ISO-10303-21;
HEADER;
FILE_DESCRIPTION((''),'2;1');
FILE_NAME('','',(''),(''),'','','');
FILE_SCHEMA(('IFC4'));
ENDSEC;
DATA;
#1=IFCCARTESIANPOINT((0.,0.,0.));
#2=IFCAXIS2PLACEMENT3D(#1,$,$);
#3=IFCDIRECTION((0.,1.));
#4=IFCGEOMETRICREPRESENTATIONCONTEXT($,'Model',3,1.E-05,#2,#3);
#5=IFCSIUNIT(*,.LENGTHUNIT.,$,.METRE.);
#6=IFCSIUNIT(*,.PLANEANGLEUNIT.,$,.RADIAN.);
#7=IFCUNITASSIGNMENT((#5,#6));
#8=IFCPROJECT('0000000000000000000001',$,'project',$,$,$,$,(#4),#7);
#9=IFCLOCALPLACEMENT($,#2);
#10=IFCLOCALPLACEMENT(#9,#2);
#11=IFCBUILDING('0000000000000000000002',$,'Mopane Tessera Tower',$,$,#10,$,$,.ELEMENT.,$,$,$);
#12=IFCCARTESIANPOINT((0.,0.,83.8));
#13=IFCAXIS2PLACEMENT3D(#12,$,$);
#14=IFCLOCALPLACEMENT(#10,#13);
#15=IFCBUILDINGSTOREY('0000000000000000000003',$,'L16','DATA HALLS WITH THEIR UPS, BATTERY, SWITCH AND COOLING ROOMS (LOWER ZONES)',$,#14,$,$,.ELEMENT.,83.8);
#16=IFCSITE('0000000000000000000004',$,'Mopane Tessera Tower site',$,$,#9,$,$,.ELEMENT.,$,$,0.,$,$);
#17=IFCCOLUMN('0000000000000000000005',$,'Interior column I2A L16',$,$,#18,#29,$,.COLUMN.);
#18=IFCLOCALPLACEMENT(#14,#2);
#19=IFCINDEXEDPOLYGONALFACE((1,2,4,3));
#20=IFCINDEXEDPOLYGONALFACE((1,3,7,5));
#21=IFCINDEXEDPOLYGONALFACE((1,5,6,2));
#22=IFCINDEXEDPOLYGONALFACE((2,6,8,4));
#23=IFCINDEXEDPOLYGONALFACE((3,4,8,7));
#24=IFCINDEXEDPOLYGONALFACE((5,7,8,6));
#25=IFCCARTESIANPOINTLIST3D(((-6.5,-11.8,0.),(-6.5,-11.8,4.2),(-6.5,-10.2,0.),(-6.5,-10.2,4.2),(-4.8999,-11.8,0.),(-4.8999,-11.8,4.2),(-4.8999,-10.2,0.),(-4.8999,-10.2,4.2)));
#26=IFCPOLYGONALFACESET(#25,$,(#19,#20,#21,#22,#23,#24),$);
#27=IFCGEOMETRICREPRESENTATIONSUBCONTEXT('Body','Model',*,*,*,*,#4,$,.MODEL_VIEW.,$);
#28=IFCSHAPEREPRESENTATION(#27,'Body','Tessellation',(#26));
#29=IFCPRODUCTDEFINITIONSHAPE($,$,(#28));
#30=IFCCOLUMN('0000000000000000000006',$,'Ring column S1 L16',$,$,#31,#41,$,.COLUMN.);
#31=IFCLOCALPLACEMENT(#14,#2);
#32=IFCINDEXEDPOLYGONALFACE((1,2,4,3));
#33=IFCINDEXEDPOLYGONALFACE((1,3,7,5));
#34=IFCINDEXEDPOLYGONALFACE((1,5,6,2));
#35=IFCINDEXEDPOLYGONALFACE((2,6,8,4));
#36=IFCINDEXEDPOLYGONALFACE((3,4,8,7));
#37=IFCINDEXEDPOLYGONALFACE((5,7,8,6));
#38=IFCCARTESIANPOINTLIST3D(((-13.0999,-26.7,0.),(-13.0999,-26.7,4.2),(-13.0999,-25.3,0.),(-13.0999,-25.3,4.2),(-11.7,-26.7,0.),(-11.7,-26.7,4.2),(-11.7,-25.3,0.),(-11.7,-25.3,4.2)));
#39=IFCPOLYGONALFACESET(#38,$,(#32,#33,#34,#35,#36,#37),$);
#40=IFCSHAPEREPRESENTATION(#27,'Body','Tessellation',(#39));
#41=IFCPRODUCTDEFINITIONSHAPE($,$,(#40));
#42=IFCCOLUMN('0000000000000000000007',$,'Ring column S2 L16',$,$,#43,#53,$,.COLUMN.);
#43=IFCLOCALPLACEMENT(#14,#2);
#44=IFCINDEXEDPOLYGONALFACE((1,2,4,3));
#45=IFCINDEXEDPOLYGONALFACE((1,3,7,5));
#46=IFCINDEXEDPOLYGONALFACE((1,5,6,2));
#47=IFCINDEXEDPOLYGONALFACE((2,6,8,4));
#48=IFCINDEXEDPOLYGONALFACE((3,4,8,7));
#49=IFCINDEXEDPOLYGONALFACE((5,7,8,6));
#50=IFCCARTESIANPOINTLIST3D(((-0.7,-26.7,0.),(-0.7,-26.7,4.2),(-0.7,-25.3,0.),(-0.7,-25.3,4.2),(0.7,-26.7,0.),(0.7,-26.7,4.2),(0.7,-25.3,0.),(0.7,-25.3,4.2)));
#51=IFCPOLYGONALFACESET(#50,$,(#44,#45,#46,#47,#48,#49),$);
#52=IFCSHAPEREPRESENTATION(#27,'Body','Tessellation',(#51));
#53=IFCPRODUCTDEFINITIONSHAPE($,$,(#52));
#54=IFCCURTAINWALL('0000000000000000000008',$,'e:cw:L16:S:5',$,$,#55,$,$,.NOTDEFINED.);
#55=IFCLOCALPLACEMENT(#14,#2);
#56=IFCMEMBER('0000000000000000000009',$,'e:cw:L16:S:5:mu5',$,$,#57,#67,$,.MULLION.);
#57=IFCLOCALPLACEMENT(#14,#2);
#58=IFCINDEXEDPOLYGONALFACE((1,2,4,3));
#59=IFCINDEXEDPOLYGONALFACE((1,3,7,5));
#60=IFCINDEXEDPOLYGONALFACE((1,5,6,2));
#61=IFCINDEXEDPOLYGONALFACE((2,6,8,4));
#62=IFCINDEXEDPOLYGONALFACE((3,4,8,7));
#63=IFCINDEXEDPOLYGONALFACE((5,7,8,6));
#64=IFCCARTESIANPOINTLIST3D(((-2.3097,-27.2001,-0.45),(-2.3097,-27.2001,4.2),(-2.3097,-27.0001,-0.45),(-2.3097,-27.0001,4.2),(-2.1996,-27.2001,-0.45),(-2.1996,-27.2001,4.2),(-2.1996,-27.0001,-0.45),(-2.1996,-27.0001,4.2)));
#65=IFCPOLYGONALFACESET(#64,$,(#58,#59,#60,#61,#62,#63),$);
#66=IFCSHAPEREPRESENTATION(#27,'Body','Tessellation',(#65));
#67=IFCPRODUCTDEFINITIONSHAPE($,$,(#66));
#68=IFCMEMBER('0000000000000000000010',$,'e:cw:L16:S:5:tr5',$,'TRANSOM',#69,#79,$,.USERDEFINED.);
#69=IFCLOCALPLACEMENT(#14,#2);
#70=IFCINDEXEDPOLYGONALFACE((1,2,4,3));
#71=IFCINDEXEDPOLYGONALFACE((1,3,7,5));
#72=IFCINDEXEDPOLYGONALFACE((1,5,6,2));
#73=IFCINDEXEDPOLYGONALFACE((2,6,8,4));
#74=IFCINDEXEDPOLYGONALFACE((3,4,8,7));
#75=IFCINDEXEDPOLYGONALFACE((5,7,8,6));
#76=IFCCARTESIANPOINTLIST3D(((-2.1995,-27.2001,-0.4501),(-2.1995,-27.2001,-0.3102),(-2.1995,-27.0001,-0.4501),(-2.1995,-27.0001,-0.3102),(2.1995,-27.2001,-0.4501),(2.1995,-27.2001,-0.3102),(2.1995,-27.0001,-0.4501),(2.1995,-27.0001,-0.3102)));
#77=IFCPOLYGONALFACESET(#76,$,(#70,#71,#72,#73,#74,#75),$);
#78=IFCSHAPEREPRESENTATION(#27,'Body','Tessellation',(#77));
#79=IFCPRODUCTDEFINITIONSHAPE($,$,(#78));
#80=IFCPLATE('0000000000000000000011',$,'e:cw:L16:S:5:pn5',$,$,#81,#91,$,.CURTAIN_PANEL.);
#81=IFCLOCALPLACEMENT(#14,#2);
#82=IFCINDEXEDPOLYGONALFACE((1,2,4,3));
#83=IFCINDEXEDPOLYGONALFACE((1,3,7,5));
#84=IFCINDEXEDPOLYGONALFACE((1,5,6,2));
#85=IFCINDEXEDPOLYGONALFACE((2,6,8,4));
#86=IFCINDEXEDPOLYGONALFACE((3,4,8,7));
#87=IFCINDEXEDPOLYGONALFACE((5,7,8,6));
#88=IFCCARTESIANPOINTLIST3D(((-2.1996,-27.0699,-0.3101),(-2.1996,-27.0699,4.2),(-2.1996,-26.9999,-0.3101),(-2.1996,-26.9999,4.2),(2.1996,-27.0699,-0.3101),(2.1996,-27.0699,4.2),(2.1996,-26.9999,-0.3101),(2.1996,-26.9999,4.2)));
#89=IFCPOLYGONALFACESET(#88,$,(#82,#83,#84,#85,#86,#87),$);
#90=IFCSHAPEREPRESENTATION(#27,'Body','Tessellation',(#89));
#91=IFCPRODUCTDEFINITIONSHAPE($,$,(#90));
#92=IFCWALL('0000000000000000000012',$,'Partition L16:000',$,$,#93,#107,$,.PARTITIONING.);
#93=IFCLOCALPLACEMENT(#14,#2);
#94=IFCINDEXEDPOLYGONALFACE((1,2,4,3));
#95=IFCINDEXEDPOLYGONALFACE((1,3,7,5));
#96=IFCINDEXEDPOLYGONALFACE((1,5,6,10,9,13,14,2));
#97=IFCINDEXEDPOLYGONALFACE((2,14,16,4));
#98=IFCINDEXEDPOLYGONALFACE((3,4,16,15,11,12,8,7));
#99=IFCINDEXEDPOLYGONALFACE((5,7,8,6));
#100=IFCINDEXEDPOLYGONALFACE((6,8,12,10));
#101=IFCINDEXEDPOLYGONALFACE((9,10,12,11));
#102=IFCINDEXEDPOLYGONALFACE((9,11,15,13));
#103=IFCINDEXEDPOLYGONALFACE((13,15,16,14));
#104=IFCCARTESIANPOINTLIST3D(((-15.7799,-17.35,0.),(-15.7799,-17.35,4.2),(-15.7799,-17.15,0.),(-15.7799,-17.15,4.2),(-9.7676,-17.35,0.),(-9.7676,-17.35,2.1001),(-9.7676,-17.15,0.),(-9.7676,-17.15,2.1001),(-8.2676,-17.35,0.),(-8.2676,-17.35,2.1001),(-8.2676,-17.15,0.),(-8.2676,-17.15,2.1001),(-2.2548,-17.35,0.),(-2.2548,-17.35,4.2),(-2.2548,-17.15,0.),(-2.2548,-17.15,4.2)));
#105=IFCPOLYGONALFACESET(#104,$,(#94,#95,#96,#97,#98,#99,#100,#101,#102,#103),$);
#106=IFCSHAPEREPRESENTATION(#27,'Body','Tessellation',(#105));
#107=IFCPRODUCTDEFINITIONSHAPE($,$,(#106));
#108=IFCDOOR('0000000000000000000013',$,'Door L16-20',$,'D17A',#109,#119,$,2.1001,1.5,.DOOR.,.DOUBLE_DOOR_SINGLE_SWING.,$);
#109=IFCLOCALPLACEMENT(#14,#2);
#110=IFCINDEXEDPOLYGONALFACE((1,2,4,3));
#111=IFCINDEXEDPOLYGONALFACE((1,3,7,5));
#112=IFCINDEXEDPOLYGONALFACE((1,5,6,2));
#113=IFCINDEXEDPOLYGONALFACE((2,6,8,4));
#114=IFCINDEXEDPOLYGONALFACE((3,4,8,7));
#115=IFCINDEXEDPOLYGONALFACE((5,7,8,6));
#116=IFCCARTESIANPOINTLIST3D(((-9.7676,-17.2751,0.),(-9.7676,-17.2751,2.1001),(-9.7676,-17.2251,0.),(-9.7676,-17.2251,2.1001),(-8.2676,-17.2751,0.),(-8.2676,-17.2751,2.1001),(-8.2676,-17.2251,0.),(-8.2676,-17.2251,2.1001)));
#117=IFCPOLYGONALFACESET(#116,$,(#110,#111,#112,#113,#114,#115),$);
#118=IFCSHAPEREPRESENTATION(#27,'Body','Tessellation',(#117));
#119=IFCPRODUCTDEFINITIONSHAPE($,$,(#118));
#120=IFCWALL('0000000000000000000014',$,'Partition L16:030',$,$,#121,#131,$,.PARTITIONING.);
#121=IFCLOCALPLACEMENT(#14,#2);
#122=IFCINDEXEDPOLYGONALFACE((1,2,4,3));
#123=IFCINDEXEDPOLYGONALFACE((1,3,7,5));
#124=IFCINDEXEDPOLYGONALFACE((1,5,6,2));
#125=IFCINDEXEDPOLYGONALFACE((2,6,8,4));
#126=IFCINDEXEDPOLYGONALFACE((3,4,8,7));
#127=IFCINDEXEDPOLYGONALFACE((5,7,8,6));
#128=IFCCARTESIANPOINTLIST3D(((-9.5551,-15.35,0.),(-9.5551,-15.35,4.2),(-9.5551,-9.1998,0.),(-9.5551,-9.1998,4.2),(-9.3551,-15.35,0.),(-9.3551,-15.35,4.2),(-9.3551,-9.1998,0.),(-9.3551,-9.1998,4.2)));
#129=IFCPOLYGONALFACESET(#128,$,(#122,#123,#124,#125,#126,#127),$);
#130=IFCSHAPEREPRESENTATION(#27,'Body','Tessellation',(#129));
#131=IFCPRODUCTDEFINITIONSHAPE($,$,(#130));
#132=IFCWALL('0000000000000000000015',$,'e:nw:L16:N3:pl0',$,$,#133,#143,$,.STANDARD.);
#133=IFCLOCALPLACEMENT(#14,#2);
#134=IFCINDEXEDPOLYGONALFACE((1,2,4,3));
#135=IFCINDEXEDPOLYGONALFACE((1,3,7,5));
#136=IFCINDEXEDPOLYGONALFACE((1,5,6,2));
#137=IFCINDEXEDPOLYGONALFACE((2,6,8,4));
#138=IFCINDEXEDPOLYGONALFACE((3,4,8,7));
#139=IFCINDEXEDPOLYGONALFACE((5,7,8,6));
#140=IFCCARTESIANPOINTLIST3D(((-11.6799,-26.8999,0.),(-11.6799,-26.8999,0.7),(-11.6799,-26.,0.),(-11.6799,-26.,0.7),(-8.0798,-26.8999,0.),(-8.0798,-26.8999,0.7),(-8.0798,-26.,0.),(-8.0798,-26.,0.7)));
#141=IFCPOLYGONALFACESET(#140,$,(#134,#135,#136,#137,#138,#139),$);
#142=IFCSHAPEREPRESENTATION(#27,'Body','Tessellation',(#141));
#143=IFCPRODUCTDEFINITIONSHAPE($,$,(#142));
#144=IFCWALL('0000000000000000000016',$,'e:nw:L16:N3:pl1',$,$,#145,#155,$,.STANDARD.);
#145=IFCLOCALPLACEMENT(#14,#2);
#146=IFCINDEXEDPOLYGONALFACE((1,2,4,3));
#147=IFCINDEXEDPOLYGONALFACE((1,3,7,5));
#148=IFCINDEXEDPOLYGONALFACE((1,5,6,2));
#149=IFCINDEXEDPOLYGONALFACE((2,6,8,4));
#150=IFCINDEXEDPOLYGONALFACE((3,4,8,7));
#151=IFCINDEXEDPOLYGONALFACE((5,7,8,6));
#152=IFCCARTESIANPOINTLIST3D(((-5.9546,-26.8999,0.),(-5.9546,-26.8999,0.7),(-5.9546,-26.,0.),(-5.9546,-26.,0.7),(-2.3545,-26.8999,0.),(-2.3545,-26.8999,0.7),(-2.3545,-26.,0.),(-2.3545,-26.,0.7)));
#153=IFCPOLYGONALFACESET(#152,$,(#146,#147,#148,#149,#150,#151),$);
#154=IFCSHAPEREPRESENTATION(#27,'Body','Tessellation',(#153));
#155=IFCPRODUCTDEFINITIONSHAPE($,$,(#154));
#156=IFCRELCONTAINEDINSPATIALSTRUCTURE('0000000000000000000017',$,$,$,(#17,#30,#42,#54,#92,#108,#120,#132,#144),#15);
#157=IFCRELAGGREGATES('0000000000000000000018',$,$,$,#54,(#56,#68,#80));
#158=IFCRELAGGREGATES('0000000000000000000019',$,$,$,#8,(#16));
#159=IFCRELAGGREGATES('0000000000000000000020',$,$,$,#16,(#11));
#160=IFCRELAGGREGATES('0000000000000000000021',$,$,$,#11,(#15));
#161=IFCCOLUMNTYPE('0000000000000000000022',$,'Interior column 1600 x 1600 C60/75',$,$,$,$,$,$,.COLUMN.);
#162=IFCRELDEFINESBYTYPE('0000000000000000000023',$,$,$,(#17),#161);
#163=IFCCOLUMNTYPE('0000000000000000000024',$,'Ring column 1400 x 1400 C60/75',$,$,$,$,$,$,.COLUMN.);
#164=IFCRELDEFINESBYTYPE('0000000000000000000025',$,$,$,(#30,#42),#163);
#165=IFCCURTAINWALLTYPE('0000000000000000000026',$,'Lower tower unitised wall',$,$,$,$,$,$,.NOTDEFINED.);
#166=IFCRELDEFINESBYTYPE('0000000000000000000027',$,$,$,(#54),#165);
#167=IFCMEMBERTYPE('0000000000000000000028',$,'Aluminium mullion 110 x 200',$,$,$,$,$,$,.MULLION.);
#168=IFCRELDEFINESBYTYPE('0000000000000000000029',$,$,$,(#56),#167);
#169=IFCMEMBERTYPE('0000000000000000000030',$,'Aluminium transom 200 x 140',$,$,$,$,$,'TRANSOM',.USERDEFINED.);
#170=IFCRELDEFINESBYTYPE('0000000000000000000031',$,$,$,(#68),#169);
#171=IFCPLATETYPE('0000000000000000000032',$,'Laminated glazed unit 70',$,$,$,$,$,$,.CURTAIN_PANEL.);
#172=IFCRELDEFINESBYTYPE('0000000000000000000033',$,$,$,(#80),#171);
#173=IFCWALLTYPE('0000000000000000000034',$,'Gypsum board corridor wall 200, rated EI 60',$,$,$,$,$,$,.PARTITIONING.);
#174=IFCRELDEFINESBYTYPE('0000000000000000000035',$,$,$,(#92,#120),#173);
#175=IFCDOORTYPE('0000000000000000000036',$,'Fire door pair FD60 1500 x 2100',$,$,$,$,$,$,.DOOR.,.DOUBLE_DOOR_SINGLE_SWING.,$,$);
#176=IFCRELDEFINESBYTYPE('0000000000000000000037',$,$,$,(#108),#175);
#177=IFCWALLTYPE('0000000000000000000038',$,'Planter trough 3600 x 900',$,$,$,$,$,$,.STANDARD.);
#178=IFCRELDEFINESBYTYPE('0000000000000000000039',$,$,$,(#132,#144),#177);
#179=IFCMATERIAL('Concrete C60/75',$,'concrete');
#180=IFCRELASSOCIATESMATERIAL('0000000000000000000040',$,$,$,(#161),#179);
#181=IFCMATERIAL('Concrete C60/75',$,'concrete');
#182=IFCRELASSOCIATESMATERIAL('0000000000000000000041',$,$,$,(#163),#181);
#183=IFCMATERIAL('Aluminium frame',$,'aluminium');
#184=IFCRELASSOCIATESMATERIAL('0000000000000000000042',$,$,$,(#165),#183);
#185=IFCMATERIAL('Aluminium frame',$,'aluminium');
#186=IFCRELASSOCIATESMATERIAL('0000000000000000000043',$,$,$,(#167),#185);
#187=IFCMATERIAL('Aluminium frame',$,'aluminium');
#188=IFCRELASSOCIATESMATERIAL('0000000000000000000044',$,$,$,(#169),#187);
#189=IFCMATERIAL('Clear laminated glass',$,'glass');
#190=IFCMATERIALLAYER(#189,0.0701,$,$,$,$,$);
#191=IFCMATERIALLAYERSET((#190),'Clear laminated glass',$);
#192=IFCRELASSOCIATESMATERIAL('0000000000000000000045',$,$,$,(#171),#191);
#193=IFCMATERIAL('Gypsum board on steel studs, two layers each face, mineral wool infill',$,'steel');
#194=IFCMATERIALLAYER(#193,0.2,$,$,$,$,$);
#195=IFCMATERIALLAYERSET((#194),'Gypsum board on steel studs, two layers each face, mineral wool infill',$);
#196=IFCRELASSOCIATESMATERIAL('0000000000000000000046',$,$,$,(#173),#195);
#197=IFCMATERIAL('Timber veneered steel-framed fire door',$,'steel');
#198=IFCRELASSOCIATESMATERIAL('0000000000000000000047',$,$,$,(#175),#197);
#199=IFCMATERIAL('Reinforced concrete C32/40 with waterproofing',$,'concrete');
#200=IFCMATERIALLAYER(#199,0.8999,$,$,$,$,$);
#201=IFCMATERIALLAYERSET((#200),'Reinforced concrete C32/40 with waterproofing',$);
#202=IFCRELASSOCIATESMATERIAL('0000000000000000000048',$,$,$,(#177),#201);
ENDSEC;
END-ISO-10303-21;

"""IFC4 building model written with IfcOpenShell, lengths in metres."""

from ifc_helpers import new_model, si_unit, direction, frame, frame_2d, origin, origin_2d, place, context, subcontext, project, spatial, rectangle, extrude, material, layer, layer_set, material_profile, profile_set, type_object, element, fill, aggregate, save


model = new_model("IFC4")

# Units and contexts
model_context = context("Model", 3, precision=1e-05, world=origin(), true_north=direction((0.0, 1.0)))
body_context = subcontext(model_context, "Body", "Model", "MODEL_VIEW")
ifc_project = project(units=[si_unit("LENGTHUNIT", "METRE"), si_unit("PLANEANGLEUNIT", "RADIAN")], contexts=[model_context])

# Site, building, storey
site_placement = place(None, origin())
site = spatial("IfcSite", under=ifc_project, at=site_placement, Name="Mopane Tessera Tower site", CompositionType="ELEMENT", RefElevation=0.0)
building_placement = place(site_placement, origin())
building = spatial("IfcBuilding", under=site, at=building_placement, Name="Mopane Tessera Tower", CompositionType="ELEMENT")
storey_placement = place(building_placement, frame((0.0, 0.0, 83.8)))
storey = spatial("IfcBuildingStorey", under=building, at=storey_placement, Name="L16", Description="DATA HALLS WITH THEIR UPS, BATTERY, SWITCH AND COOLING ROOMS (LOWER ZONES)", CompositionType="ELEMENT", Elevation=83.8)

# Columns
ifc_material_1 = material(Name="Concrete C60/75", Category="concrete")
ifc_material_profile_1 = material_profile(ifc_material_1, rectangle(XDim=1.6001, YDim=1.6001, at=origin_2d()))
ifc_profile_set_1 = profile_set([ifc_material_profile_1], Name="Concrete C60/75")
column_type_1 = type_object("IfcColumnType", Name="Interior column 1600 x 1600 C60/75", PredefinedType="COLUMN", material=ifc_profile_set_1)
column_placement = place(storey_placement, frame((-5.7, -11.0, 0.0), z_axis=(0.0, 0.0, 1.0), x_axis=(1.0, 0.0, 0.0)))
element("IfcColumn", 1, at=column_placement, inside=storey, type_object=column_type_1, Name="Interior column I2A L16", PredefinedType="COLUMN", context=body_context, shape_type="SweptSolid", body=[
    extrude(rectangle(XDim=1.6001, YDim=1.6001, at=origin_2d()), origin(), (0.0, 0.0, 1.0), 4.2),
])
ifc_material_2 = material(Name="Concrete C60/75", Category="concrete")
ifc_material_profile_2 = material_profile(ifc_material_2, rectangle(XDim=1.3999, YDim=1.3999, at=origin_2d()))
ifc_profile_set_2 = profile_set([ifc_material_profile_2], Name="Concrete C60/75")
column_type_2 = type_object("IfcColumnType", Name="Ring column 1400 x 1400 C60/75", PredefinedType="COLUMN", material=ifc_profile_set_2)
for number, where, z_axis, x_axis, name in (
    (2, (-12.3999, -26.0, 0.0), (0.0, 0.0, 1.0), (1.0, 0.0, 0.0), "Ring column S1 L16"),
    (3, (0.0, -26.0, 0.0), (0.0, 0.0, 1.0), (1.0, 0.0, 0.0), "Ring column S2 L16"),
):
    element("IfcColumn", number, at=place(storey_placement, frame(where, z_axis=z_axis, x_axis=x_axis)), inside=storey, type_object=column_type_2, Name=name, PredefinedType="COLUMN", context=body_context, shape_type="SweptSolid", body=[
        extrude(rectangle(XDim=1.3999, YDim=1.3999, at=origin_2d()), origin(), (0.0, 0.0, 1.0), 4.2),
    ])

# Curtain wall, members, plate
ifc_material_3 = material(Name="Aluminium frame", Category="aluminium")
curtain_wall_type = type_object("IfcCurtainWallType", Name="Lower tower unitised wall", PredefinedType="NOTDEFINED", material=ifc_material_3)
curtain_wall_placement = place(storey_placement, origin())
curtain_wall = element("IfcCurtainWall", 4, at=curtain_wall_placement, inside=storey, type_object=curtain_wall_type, Name="e:cw:L16:S:5", PredefinedType="NOTDEFINED")
ifc_material_4 = material(Name="Aluminium frame", Category="aluminium")
ifc_material_profile_3 = material_profile(ifc_material_4, rectangle(XDim=0.1101, YDim=0.2, at=origin_2d()))
ifc_profile_set_3 = profile_set([ifc_material_profile_3], Name="Aluminium frame")
member_type_1 = type_object("IfcMemberType", Name="Aluminium mullion 110 x 200", PredefinedType="MULLION", material=ifc_profile_set_3)
member_1_placement = place(storey_placement, frame((-2.2546, -27.1001, -0.45), z_axis=(0.0, 0.0, 1.0), x_axis=(1.0, 0.0, 0.0)))
member_1 = element("IfcMember", 5, at=member_1_placement, type_object=member_type_1, Name="e:cw:L16:S:5:mu5", PredefinedType="MULLION", context=body_context, shape_type="SweptSolid", body=[
    extrude(rectangle(XDim=0.1101, YDim=0.2, at=origin_2d()), origin(), (0.0, 0.0, 1.0), 4.6499),
])
ifc_material_5 = material(Name="Aluminium frame", Category="aluminium")
ifc_material_profile_4 = material_profile(ifc_material_5, rectangle(XDim=0.2, YDim=0.1399, at=origin_2d()))
ifc_profile_set_4 = profile_set([ifc_material_profile_4], Name="Aluminium frame")
member_type_2 = type_object("IfcMemberType", Name="Aluminium transom 200 x 140", ElementType="TRANSOM", PredefinedType="USERDEFINED", material=ifc_profile_set_4)
member_2_placement = place(storey_placement, frame((-2.1995, -27.1001, -0.3801), z_axis=(1.0, 0.0, 0.0), x_axis=(0.0, 1.0, 0.0)))
member_2 = element("IfcMember", 6, at=member_2_placement, type_object=member_type_2, Name="e:cw:L16:S:5:tr5", ObjectType="TRANSOM", PredefinedType="USERDEFINED", context=body_context, shape_type="SweptSolid", body=[
    extrude(rectangle(XDim=0.2, YDim=0.1399, at=origin_2d()), origin(), (0.0, 0.0, 1.0), 4.3989),
])
ifc_material_6 = material(Name="Clear laminated glass", Category="glass")
ifc_layer_1 = layer(ifc_material_6, 0.0701)
ifc_layer_set_1 = layer_set([ifc_layer_1], Name="Clear laminated glass")
plate_type = type_object("IfcPlateType", Name="Laminated glazed unit 70", PredefinedType="CURTAIN_PANEL", material=ifc_layer_set_1)
plate_placement = place(storey_placement, frame((0.0, -27.0349, -0.3101), z_axis=(0.0, 0.0, 1.0), x_axis=(1.0, 0.0, 0.0)))
plate = element("IfcPlate", 7, at=plate_placement, type_object=plate_type, Name="e:cw:L16:S:5:pn5", PredefinedType="CURTAIN_PANEL", context=body_context, shape_type="SweptSolid", body=[
    extrude(rectangle(XDim=4.3992, YDim=0.0701, at=origin_2d()), origin(), (0.0, 0.0, 1.0), 4.51),
])
aggregate(curtain_wall, [member_1, member_2, plate])

# Wall, opening, door
ifc_material_7 = material(Name="Gypsum board on steel studs, two layers each face, mineral wool infill", Category="steel")
ifc_layer_2 = layer(ifc_material_7, 0.2)
ifc_layer_set_2 = layer_set([ifc_layer_2], Name="Gypsum board on steel studs, two layers each face, mineral wool infill")
wall_type_1 = type_object("IfcWallType", Name="Gypsum board corridor wall 200, rated EI 60", PredefinedType="PARTITIONING", material=ifc_layer_set_2)
wall_1_placement = place(storey_placement, frame((-15.78, -17.25, 0.0), z_axis=(0.0, 0.0, 1.0), x_axis=(1.0, 0.0, 0.0)))
wall_1 = element("IfcWall", 8, at=wall_1_placement, inside=storey, type_object=wall_type_1, Name="Partition L16:000", PredefinedType="PARTITIONING", context=body_context, shape_type="SweptSolid", body=[
    extrude(rectangle(XDim=13.5251, YDim=0.2, at=frame_2d((6.7627, 0.0))), origin(), (0.0, 0.0, 1.0), 4.2),
])
opening_1_placement = place(wall_1_placement, frame((6.0125, 0.0, 0.0)))
opening_1 = element("IfcOpeningElement", 9, at=opening_1_placement, cuts=wall_1, PredefinedType="OPENING", context=body_context, shape_type="SweptSolid", body=[
    extrude(rectangle(XDim=1.5, YDim=2.1001, at=frame_2d((0.75, 1.05))), frame((0.0, 0.1121, 0.0), z_axis=(0.0, -1.0, 0.0), x_axis=(1.0, 0.0, 0.0)), (0.0, 0.0, 1.0), 0.2239),
])
ifc_material_8 = material(Name="Timber veneered steel-framed fire door", Category="steel")
door_type_1 = type_object("IfcDoorType", Name="Fire door pair FD60 1500 x 2100", OperationType="DOUBLE_DOOR_SINGLE_SWING", PredefinedType="DOOR", material=ifc_material_8)
door_1_placement = place(opening_1_placement, origin())
door_1 = element("IfcDoor", 10, at=door_1_placement, inside=storey, type_object=door_type_1, Name="Door L16-20", ObjectType="D17A", OperationType="DOUBLE_DOOR_SINGLE_SWING", OverallHeight=2.1001, OverallWidth=1.5, PredefinedType="DOOR", context=body_context, shape_type="SweptSolid", body=[
    extrude(rectangle(XDim=1.5, YDim=2.1001, at=frame_2d((0.75, 1.05))), frame((0.0, 0.0249, 0.0), z_axis=(0.0, -1.0, 0.0), x_axis=(1.0, 0.0, 0.0)), (0.0, 0.0, 1.0), 0.05),
])
fill(opening_1, door_1)

# Walls
wall_2_placement = place(storey_placement, frame((-9.4551, -15.3501, 0.0), z_axis=(0.0, 0.0, 1.0), x_axis=(0.0, 1.0, 0.0)))
element("IfcWall", 11, at=wall_2_placement, inside=storey, type_object=wall_type_1, Name="Partition L16:030", PredefinedType="PARTITIONING", context=body_context, shape_type="SweptSolid", body=[
    extrude(rectangle(XDim=6.1501, YDim=0.2, at=frame_2d((3.0752, 0.0))), origin(), (0.0, 0.0, 1.0), 4.2),
])
ifc_material_9 = material(Name="Reinforced concrete C32/40 with waterproofing", Category="concrete")
ifc_layer_3 = layer(ifc_material_9, 0.8999)
ifc_layer_set_3 = layer_set([ifc_layer_3], Name="Reinforced concrete C32/40 with waterproofing")
wall_type_2 = type_object("IfcWallType", Name="Planter trough 3600 x 900", PredefinedType="STANDARD", material=ifc_layer_set_3)
for number, where, z_axis, x_axis, name in (
    (12, (-11.6799, -26.45, 0.0), (0.0, 0.0, 1.0), (1.0, 0.0, 0.0), "e:nw:L16:N3:pl0"),
    (13, (-5.9546, -26.45, 0.0), (0.0, 0.0, 1.0), (1.0, 0.0, 0.0), "e:nw:L16:N3:pl1"),
):
    element("IfcWall", number, at=place(storey_placement, frame(where, z_axis=z_axis, x_axis=x_axis)), inside=storey, type_object=wall_type_2, Name=name, PredefinedType="STANDARD", context=body_context, shape_type="SweptSolid", body=[
        extrude(rectangle(XDim=3.6001, YDim=0.8999, at=frame_2d((1.8, 0.0))), origin(), (0.0, 0.0, 1.0), 0.7),
    ])

save(model, "model.ifc")
